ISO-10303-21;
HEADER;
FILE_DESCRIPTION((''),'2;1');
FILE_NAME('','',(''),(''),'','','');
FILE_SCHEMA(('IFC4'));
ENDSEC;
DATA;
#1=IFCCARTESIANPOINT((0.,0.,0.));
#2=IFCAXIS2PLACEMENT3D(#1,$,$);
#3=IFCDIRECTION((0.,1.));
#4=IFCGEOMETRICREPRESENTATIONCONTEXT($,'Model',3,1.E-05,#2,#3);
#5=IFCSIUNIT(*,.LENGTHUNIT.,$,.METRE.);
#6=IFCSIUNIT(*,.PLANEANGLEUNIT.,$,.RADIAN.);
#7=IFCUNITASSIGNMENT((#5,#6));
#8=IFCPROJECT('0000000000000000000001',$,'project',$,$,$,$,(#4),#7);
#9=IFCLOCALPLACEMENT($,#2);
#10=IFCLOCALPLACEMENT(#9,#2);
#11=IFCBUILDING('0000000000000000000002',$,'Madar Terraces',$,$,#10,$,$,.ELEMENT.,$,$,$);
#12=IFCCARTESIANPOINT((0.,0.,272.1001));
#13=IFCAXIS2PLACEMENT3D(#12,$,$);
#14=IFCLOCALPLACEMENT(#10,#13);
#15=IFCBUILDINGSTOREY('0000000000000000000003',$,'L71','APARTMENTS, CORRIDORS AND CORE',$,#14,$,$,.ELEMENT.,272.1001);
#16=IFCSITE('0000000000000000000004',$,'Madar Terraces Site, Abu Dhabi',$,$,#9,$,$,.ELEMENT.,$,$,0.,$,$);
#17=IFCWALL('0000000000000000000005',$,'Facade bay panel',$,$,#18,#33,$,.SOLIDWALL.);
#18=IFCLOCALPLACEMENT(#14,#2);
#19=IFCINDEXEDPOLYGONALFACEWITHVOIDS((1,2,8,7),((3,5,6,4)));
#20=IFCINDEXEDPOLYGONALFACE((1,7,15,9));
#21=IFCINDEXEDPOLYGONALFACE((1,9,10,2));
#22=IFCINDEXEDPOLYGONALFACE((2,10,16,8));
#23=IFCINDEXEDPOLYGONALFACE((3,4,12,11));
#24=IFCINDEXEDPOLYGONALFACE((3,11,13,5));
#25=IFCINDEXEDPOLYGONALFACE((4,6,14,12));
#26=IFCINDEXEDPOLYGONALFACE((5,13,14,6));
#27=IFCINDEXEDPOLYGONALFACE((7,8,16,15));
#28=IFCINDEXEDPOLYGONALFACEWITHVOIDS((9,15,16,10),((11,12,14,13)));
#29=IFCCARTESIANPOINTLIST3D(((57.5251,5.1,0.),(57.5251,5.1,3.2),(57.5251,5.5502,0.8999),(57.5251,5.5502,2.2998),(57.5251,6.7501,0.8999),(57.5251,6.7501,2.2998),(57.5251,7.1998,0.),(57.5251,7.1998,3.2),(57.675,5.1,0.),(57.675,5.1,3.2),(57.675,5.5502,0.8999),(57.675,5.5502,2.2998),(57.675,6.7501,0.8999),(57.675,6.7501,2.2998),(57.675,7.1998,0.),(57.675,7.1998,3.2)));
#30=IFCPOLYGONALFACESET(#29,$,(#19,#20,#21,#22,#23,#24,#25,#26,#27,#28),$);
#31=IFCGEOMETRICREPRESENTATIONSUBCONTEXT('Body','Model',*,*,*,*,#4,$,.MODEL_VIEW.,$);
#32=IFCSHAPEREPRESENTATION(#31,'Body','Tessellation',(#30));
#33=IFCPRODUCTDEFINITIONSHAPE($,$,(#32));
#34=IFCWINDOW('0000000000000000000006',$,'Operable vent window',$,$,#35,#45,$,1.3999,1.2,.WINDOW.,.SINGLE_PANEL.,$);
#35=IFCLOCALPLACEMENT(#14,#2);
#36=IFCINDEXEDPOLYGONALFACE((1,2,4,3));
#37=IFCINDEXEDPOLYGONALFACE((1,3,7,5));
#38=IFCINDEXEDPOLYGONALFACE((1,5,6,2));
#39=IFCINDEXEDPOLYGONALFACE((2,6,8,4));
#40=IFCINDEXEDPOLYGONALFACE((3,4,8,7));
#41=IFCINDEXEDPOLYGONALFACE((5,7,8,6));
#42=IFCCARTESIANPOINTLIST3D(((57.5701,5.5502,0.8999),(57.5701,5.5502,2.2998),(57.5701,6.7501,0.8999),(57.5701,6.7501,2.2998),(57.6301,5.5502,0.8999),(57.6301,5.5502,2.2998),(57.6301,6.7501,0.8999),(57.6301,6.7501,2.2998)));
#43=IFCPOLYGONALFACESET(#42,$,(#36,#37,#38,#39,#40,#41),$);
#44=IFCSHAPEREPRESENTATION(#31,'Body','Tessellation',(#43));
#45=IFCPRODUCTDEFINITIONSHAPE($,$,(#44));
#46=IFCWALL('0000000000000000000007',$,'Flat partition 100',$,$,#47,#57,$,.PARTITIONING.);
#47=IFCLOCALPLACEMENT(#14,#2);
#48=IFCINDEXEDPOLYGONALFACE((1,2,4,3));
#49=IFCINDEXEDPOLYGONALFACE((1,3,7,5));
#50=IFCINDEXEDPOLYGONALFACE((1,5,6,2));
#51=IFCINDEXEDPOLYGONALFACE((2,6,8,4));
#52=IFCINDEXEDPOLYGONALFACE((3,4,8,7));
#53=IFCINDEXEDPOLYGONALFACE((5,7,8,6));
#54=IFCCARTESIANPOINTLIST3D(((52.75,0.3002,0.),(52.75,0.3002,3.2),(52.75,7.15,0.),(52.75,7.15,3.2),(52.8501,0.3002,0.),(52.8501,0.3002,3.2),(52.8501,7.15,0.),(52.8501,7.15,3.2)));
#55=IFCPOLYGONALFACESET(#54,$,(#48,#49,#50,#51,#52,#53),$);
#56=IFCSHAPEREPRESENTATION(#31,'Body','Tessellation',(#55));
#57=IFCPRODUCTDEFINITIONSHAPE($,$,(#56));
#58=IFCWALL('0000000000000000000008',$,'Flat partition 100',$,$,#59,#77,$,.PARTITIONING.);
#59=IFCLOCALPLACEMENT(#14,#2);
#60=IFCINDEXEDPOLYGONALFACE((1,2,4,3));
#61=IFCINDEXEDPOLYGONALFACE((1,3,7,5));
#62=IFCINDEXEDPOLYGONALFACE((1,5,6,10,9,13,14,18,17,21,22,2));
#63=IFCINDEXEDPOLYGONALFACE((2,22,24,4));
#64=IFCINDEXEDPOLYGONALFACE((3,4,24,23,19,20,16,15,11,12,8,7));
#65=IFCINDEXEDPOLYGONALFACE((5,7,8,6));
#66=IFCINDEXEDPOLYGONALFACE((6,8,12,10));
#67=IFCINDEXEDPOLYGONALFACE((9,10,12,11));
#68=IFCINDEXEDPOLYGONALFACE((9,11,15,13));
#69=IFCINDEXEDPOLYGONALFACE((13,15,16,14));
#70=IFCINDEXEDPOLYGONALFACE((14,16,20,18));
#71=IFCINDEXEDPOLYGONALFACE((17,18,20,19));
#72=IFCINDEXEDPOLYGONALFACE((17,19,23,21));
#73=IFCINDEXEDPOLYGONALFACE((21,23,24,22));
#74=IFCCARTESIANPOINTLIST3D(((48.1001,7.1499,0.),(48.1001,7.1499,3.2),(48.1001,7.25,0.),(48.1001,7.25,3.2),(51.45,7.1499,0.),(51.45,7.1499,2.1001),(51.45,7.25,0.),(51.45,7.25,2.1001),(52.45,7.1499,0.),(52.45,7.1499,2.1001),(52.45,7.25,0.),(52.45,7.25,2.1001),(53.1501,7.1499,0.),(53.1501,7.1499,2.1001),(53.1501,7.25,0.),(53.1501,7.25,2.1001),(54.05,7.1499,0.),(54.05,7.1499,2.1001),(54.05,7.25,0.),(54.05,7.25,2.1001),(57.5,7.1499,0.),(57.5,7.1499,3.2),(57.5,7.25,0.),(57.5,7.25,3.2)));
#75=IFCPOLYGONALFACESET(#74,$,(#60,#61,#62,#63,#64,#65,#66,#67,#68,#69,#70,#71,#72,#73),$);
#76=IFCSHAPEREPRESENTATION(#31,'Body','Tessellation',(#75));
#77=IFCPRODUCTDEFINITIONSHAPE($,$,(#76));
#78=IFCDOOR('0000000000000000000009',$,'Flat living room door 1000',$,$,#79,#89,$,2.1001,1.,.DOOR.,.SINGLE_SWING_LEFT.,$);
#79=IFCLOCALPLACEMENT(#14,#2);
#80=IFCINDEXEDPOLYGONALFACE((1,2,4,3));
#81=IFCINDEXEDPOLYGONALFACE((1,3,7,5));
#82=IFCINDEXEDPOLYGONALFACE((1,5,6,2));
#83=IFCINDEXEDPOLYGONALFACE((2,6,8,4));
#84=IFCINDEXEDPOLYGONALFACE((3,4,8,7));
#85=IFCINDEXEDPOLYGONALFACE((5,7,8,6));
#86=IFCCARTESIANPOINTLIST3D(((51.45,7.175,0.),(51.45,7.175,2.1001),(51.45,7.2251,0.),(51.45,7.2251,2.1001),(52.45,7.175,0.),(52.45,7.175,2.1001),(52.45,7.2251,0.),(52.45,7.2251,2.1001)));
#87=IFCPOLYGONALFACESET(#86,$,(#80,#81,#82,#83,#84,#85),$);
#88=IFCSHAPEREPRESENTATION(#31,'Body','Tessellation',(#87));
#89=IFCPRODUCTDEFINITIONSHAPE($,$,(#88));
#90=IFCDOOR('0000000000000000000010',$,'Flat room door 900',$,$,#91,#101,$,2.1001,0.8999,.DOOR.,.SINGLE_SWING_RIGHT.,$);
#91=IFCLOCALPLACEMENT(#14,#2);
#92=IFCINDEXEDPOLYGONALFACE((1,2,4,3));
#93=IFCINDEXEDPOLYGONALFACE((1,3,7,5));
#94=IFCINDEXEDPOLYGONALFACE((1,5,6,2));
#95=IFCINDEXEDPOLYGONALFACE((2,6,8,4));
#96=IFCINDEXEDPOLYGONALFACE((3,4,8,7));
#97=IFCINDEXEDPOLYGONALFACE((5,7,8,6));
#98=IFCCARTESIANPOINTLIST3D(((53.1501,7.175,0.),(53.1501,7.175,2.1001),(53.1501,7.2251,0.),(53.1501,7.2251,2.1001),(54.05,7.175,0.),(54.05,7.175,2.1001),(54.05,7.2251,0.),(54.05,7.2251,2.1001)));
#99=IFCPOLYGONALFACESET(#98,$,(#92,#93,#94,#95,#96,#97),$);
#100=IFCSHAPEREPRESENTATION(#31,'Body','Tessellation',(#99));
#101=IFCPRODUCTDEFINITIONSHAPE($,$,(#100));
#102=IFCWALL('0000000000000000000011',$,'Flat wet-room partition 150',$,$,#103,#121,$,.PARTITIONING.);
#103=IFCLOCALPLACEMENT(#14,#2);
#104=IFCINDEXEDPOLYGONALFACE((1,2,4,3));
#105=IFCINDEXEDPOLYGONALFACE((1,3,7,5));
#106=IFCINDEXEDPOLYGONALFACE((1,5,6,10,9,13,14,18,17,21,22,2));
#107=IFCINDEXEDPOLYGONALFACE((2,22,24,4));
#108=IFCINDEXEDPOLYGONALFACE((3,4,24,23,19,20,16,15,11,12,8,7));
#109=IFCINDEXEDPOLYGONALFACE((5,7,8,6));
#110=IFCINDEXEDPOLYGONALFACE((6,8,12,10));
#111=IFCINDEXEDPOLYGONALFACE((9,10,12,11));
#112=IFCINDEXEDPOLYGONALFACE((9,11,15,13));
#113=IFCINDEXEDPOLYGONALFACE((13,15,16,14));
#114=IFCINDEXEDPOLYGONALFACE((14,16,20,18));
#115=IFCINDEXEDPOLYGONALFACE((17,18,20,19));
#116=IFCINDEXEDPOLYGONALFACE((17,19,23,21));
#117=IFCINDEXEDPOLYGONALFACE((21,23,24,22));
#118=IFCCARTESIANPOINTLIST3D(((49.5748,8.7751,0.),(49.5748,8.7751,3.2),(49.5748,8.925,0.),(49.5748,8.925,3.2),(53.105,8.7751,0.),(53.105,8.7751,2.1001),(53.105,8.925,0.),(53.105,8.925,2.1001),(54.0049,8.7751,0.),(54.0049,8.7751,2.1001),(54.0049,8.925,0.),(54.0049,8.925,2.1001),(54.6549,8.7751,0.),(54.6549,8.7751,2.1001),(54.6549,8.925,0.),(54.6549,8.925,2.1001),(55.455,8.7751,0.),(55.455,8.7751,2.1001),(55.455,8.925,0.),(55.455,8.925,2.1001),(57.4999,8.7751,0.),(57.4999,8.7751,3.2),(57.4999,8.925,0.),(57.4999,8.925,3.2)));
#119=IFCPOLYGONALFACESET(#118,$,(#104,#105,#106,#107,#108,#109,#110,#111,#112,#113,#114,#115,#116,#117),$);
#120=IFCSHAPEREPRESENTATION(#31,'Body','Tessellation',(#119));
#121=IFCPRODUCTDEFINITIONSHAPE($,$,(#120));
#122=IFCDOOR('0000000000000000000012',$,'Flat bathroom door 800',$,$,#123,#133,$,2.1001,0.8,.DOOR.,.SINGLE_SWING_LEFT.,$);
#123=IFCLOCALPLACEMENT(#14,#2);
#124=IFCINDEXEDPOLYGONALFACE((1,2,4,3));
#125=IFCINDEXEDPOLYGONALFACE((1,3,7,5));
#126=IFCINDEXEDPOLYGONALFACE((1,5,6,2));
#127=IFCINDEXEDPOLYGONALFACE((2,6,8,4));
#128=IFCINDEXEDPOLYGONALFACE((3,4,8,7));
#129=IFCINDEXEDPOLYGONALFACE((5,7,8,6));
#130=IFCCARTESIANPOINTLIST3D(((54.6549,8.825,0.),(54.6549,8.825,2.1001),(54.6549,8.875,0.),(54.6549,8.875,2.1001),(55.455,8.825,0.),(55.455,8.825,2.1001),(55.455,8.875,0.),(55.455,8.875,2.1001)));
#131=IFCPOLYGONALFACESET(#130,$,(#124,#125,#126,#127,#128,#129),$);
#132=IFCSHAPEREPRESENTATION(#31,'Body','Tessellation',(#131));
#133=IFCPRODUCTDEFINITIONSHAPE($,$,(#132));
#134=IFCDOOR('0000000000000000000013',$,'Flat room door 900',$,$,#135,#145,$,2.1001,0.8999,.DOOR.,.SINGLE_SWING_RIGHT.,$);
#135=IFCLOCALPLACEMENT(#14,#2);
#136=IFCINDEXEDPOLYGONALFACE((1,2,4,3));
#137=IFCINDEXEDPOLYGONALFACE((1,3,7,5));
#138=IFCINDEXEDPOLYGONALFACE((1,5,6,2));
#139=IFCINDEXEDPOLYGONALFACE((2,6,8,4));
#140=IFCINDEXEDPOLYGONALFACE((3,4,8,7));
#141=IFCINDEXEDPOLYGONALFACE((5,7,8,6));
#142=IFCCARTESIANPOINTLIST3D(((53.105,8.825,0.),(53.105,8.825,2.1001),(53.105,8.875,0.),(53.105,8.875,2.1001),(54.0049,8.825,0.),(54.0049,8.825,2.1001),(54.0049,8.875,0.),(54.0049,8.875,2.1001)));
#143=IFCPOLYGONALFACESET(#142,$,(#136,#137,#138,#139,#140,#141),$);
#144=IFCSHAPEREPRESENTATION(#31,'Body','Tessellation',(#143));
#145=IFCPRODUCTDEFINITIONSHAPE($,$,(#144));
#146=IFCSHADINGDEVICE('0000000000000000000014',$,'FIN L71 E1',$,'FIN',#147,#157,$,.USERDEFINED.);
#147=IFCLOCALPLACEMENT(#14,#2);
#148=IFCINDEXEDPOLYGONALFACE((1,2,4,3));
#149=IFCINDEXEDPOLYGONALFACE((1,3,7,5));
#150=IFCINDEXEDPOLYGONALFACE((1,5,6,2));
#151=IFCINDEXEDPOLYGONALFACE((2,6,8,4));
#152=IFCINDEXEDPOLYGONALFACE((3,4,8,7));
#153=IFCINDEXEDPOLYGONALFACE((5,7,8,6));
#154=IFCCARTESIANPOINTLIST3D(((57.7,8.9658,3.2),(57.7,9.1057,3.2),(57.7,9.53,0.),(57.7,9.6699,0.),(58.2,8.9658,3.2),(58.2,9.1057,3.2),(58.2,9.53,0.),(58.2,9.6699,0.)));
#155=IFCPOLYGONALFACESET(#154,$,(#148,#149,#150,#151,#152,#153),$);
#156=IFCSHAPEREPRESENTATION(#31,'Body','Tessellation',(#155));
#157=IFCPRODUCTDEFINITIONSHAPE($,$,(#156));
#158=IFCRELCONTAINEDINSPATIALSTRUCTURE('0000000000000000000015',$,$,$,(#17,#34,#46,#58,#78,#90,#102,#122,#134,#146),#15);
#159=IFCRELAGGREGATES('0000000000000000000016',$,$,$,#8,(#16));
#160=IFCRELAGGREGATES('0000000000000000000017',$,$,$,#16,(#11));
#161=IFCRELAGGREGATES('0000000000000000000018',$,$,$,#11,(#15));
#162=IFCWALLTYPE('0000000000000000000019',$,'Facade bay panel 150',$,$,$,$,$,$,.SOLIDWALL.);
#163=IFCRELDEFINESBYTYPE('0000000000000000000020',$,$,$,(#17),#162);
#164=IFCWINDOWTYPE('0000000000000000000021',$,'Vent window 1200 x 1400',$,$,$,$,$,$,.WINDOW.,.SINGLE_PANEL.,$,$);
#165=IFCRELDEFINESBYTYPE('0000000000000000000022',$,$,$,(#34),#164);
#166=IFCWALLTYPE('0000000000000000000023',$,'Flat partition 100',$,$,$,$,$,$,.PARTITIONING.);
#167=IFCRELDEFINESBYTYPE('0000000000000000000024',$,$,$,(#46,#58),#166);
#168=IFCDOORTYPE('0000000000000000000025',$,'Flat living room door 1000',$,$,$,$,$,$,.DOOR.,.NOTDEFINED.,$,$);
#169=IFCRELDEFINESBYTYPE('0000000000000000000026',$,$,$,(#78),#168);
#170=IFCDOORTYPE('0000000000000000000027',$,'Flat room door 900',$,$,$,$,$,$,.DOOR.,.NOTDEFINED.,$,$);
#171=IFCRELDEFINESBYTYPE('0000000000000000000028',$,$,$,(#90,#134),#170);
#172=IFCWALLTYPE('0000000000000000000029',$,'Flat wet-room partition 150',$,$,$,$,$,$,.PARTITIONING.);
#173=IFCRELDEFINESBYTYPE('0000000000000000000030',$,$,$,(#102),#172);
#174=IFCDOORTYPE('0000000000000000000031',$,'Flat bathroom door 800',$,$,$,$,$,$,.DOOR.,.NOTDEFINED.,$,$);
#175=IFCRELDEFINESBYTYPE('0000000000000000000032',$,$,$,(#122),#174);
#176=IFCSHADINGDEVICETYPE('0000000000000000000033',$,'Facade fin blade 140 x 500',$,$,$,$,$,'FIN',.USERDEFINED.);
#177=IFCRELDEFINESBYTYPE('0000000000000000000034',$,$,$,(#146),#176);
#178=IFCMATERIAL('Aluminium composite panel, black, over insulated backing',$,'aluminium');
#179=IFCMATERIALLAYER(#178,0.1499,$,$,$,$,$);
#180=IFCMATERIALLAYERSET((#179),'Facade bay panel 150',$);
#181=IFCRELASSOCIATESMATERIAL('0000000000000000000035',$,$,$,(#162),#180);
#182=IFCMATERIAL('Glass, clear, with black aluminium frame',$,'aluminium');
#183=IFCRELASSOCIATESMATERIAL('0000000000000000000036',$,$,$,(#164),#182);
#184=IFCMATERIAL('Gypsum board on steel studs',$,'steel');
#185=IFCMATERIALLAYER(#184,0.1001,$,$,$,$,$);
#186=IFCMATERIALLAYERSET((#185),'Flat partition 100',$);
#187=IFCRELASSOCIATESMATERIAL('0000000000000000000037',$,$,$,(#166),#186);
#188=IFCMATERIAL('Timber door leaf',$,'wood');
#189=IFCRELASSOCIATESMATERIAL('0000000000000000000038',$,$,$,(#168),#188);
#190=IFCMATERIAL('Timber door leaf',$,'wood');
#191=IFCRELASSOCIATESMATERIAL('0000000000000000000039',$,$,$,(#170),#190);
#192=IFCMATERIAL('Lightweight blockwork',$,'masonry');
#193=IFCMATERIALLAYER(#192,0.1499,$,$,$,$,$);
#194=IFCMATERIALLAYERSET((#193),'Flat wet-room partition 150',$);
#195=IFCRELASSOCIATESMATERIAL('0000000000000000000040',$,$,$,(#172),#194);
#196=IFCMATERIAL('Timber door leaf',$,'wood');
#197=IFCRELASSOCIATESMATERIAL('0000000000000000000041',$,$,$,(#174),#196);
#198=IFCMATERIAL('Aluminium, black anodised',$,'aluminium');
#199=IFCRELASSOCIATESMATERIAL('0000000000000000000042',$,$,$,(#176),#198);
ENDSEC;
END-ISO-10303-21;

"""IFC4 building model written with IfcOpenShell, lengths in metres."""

from ifc_helpers import new_model, si_unit, direction, frame, frame_2d, origin, place, context, subcontext, project, spatial, polyline, rectangle, outline, extrude, material, layer, layer_set, type_object, element, fill, save


model = new_model("IFC4")

# Units and contexts
model_context = context("Model", 3, precision=1e-05, world=origin(), true_north=direction((0.0, 1.0)))
body_context = subcontext(model_context, "Body", "Model", "MODEL_VIEW")
ifc_project = project(units=[si_unit("LENGTHUNIT", "METRE"), si_unit("PLANEANGLEUNIT", "RADIAN")], contexts=[model_context])

# Site, building, storey
site_placement = place(None, origin())
site = spatial("IfcSite", under=ifc_project, at=site_placement, Name="Madar Terraces Site, Abu Dhabi", CompositionType="ELEMENT", RefElevation=0.0)
building_placement = place(site_placement, origin())
building = spatial("IfcBuilding", under=site, at=building_placement, Name="Madar Terraces", CompositionType="ELEMENT")
storey_placement = place(building_placement, frame((0.0, 0.0, 272.1001)))
storey = spatial("IfcBuildingStorey", under=building, at=storey_placement, Name="L71", Description="APARTMENTS, CORRIDORS AND CORE", CompositionType="ELEMENT", Elevation=272.1001)

# Shared definitions
ifc_material_1 = material(Name="Aluminium composite panel, black, over insulated backing", Category="aluminium")
ifc_layer_1 = layer(ifc_material_1, 0.1499)
ifc_layer_set_1 = layer_set([ifc_layer_1], Name="Facade bay panel 150")
wall_type_1 = type_object("IfcWallType", Name="Facade bay panel 150", PredefinedType="SOLIDWALL", material=ifc_layer_set_1)

# Wall, opening, window
wall_1_placement = place(storey_placement, frame((57.6001, 5.1001, 0.0), z_axis=(0.0, 0.0, 1.0), x_axis=(0.0, 1.0, 0.0)))
wall_1 = element("IfcWall", 1, at=wall_1_placement, inside=storey, type_object=wall_type_1, Name="Facade bay panel", PredefinedType="SOLIDWALL", context=body_context, shape_type="SweptSolid", body=[
    extrude(rectangle(XDim=2.0999, YDim=0.1499, at=frame_2d((1.0498, 0.0))), origin(), (0.0, 0.0, 1.0), 3.2),
])
opening_1_placement = place(wall_1_placement, frame((0.45, 0.0, 0.8999)))
opening_1 = element("IfcOpeningElement", 2, at=opening_1_placement, cuts=wall_1, PredefinedType="OPENING", context=body_context, shape_type="SweptSolid", body=[
    extrude(rectangle(XDim=1.2, YDim=1.3999, at=frame_2d((0.6001, 0.7))), frame((0.0, 0.085, 0.0), z_axis=(0.0, -1.0, 0.0), x_axis=(1.0, 0.0, 0.0)), (0.0, 0.0, 1.0), 0.1699),
])
ifc_material_2 = material(Name="Glass, clear, with black aluminium frame", Category="aluminium")
window_type = type_object("IfcWindowType", Name="Vent window 1200 x 1400", PartitioningType="SINGLE_PANEL", PredefinedType="WINDOW", material=ifc_material_2)
window_placement = place(opening_1_placement, origin())
window = element("IfcWindow", 3, at=window_placement, inside=storey, type_object=window_type, Name="Operable vent window", OverallHeight=1.3999, OverallWidth=1.2, PartitioningType="SINGLE_PANEL", PredefinedType="WINDOW", context=body_context, shape_type="SweptSolid", body=[
    extrude(rectangle(XDim=1.2, YDim=1.3999, at=frame_2d((0.6001, 0.7))), frame((0.0, 0.03, 0.0), z_axis=(0.0, -1.0, 0.0), x_axis=(1.0, 0.0, 0.0)), (0.0, 0.0, 1.0), 0.0601),
])
fill(opening_1, window)

# Wall
ifc_material_3 = material(Name="Gypsum board on steel studs", Category="steel")
ifc_layer_2 = layer(ifc_material_3, 0.1001)
ifc_layer_set_2 = layer_set([ifc_layer_2], Name="Flat partition 100")
wall_type_2 = type_object("IfcWallType", Name="Flat partition 100", PredefinedType="PARTITIONING", material=ifc_layer_set_2)
wall_2_placement = place(storey_placement, frame((52.8, 7.1499, 0.0), z_axis=(0.0, 0.0, 1.0), x_axis=(0.0, -1.0, 0.0)))
element("IfcWall", 4, at=wall_2_placement, inside=storey, type_object=wall_type_2, Name="Flat partition 100", PredefinedType="PARTITIONING", context=body_context, shape_type="SweptSolid", body=[
    extrude(rectangle(XDim=6.8499, YDim=0.1001, at=frame_2d((3.4248, 0.0))), origin(), (0.0, 0.0, 1.0), 3.2),
])

# Walls, openings, doors
wall_3_placement = place(storey_placement, frame((57.5, 7.2, 0.0), z_axis=(0.0, 0.0, 1.0), x_axis=(-1.0, 0.0, 0.0)))
wall_3 = element("IfcWall", 5, at=wall_3_placement, inside=storey, type_object=wall_type_2, Name="Flat partition 100", PredefinedType="PARTITIONING", context=body_context, shape_type="SweptSolid", body=[
    extrude(rectangle(XDim=9.3999, YDim=0.1001, at=frame_2d((4.7, 0.0))), origin(), (0.0, 0.0, 1.0), 3.2),
])
opening_2_placement = place(wall_3_placement, frame((5.05, 0.0, 0.0)))
opening_2 = element("IfcOpeningElement", 6, at=opening_2_placement, cuts=wall_3, PredefinedType="OPENING", context=body_context, shape_type="SweptSolid", body=[
    extrude(rectangle(XDim=1.0, YDim=2.1001, at=frame_2d((0.5, 1.05))), frame((0.0, 0.0601, 0.0), z_axis=(0.0, -1.0, 0.0), x_axis=(1.0, 0.0, 0.0)), (0.0, 0.0, 1.0), 0.1201),
])
opening_3_placement = place(wall_3_placement, frame((3.45, 0.0, 0.0)))
opening_3 = element("IfcOpeningElement", 7, at=opening_3_placement, cuts=wall_3, PredefinedType="OPENING", context=body_context, shape_type="SweptSolid", body=[
    extrude(rectangle(XDim=0.8999, YDim=2.1001, at=frame_2d((0.45, 1.05))), frame((0.0, 0.0601, 0.0), z_axis=(0.0, -1.0, 0.0), x_axis=(1.0, 0.0, 0.0)), (0.0, 0.0, 1.0), 0.1201),
])
ifc_material_4 = material(Name="Timber door leaf", Category="wood")
door_type_1 = type_object("IfcDoorType", Name="Flat living room door 1000", OperationType="NOTDEFINED", PredefinedType="DOOR", material=ifc_material_4)
door_1_placement = place(opening_2_placement, origin())
door_1 = element("IfcDoor", 8, at=door_1_placement, inside=storey, type_object=door_type_1, Name="Flat living room door 1000", OperationType="SINGLE_SWING_LEFT", OverallHeight=2.1001, OverallWidth=1.0, PredefinedType="DOOR", context=body_context, shape_type="SweptSolid", body=[
    extrude(rectangle(XDim=1.0, YDim=2.1001, at=frame_2d((0.5, 1.05))), frame((0.0, 0.0249, 0.0), z_axis=(0.0, -1.0, 0.0), x_axis=(1.0, 0.0, 0.0)), (0.0, 0.0, 1.0), 0.05),
])
fill(opening_2, door_1)
ifc_material_5 = material(Name="Timber door leaf", Category="wood")
door_type_2 = type_object("IfcDoorType", Name="Flat room door 900", OperationType="NOTDEFINED", PredefinedType="DOOR", material=ifc_material_5)
door_2_placement = place(opening_3_placement, origin())
door_2 = element("IfcDoor", 9, at=door_2_placement, inside=storey, type_object=door_type_2, Name="Flat room door 900", OperationType="SINGLE_SWING_RIGHT", OverallHeight=2.1001, OverallWidth=0.8999, PredefinedType="DOOR", context=body_context, shape_type="SweptSolid", body=[
    extrude(rectangle(XDim=0.8999, YDim=2.1001, at=frame_2d((0.45, 1.05))), frame((0.0, 0.0249, 0.0), z_axis=(0.0, -1.0, 0.0), x_axis=(1.0, 0.0, 0.0)), (0.0, 0.0, 1.0), 0.05),
])
fill(opening_3, door_2)
ifc_material_6 = material(Name="Lightweight blockwork", Category="masonry")
ifc_layer_3 = layer(ifc_material_6, 0.1499)
ifc_layer_set_3 = layer_set([ifc_layer_3], Name="Flat wet-room partition 150")
wall_type_3 = type_object("IfcWallType", Name="Flat wet-room partition 150", PredefinedType="PARTITIONING", material=ifc_layer_set_3)
wall_4_placement = place(storey_placement, frame((49.575, 8.8501, 0.0), z_axis=(0.0, 0.0, 1.0), x_axis=(1.0, 0.0, 0.0)))
wall_4 = element("IfcWall", 10, at=wall_4_placement, inside=storey, type_object=wall_type_3, Name="Flat wet-room partition 150", PredefinedType="PARTITIONING", context=body_context, shape_type="SweptSolid", body=[
    extrude(rectangle(XDim=7.925, YDim=0.1499, at=frame_2d((3.9624, 0.0))), origin(), (0.0, 0.0, 1.0), 3.2),
])
opening_4_placement = place(wall_4_placement, frame((3.53, 0.0, 0.0)))
opening_4 = element("IfcOpeningElement", 11, at=opening_4_placement, cuts=wall_4, PredefinedType="OPENING", context=body_context, shape_type="SweptSolid", body=[
    extrude(rectangle(XDim=0.8999, YDim=2.1001, at=frame_2d((0.45, 1.05))), frame((0.0, 0.085, 0.0), z_axis=(0.0, -1.0, 0.0), x_axis=(1.0, 0.0, 0.0)), (0.0, 0.0, 1.0), 0.1699),
])
opening_5_placement = place(wall_4_placement, frame((5.0801, 0.0, 0.0)))
opening_5 = element("IfcOpeningElement", 12, at=opening_5_placement, cuts=wall_4, PredefinedType="OPENING", context=body_context, shape_type="SweptSolid", body=[
    extrude(rectangle(XDim=0.8, YDim=2.1001, at=frame_2d((0.3999, 1.05))), frame((0.0, 0.085, 0.0), z_axis=(0.0, -1.0, 0.0), x_axis=(1.0, 0.0, 0.0)), (0.0, 0.0, 1.0), 0.1699),
])
ifc_material_7 = material(Name="Timber door leaf", Category="wood")
door_type_3 = type_object("IfcDoorType", Name="Flat bathroom door 800", OperationType="NOTDEFINED", PredefinedType="DOOR", material=ifc_material_7)
door_3_placement = place(opening_5_placement, origin())
door_3 = element("IfcDoor", 13, at=door_3_placement, inside=storey, type_object=door_type_3, Name="Flat bathroom door 800", OperationType="SINGLE_SWING_LEFT", OverallHeight=2.1001, OverallWidth=0.8, PredefinedType="DOOR", context=body_context, shape_type="SweptSolid", body=[
    extrude(rectangle(XDim=0.8, YDim=2.1001, at=frame_2d((0.3999, 1.05))), frame((0.0, 0.0249, 0.0), z_axis=(0.0, -1.0, 0.0), x_axis=(1.0, 0.0, 0.0)), (0.0, 0.0, 1.0), 0.05),
])
fill(opening_5, door_3)
door_4_placement = place(opening_4_placement, origin())
door_4 = element("IfcDoor", 14, at=door_4_placement, inside=storey, type_object=door_type_2, Name="Flat room door 900", OperationType="SINGLE_SWING_RIGHT", OverallHeight=2.1001, OverallWidth=0.8999, PredefinedType="DOOR", context=body_context, shape_type="SweptSolid", body=[
    extrude(rectangle(XDim=0.8999, YDim=2.1001, at=frame_2d((0.45, 1.05))), frame((0.0, 0.0249, 0.0), z_axis=(0.0, -1.0, 0.0), x_axis=(1.0, 0.0, 0.0)), (0.0, 0.0, 1.0), 0.05),
])
fill(opening_4, door_4)

# Shading device
ifc_material_8 = material(Name="Aluminium, black anodised", Category="aluminium")
shading_device_type = type_object("IfcShadingDeviceType", Name="Facade fin blade 140 x 500", ElementType="FIN", PredefinedType="USERDEFINED", material=ifc_material_8)
shading_device_placement = place(storey_placement, frame((57.95, 9.53, 0.0), z_axis=(0.0, 0.0, 1.0), x_axis=(0.0, 1.0, 0.0)))
element("IfcShadingDevice", 15, at=shading_device_placement, inside=storey, type_object=shading_device_type, Name="FIN L71 E1", ObjectType="FIN", PredefinedType="USERDEFINED", context=body_context, shape_type="SweptSolid", body=[
    extrude(outline(polyline([(0.0, 0.0), (0.1399, 0.0), (-0.4243, 3.2), (-0.5642, 3.2), (0.0, 0.0)])), frame((0.0, 0.25, 0.0), z_axis=(0.0, -1.0, 0.0), x_axis=(1.0, 0.0, 0.0)), (0.0, 0.0, 1.0), 0.5),
])

save(model, "model.ifc")
